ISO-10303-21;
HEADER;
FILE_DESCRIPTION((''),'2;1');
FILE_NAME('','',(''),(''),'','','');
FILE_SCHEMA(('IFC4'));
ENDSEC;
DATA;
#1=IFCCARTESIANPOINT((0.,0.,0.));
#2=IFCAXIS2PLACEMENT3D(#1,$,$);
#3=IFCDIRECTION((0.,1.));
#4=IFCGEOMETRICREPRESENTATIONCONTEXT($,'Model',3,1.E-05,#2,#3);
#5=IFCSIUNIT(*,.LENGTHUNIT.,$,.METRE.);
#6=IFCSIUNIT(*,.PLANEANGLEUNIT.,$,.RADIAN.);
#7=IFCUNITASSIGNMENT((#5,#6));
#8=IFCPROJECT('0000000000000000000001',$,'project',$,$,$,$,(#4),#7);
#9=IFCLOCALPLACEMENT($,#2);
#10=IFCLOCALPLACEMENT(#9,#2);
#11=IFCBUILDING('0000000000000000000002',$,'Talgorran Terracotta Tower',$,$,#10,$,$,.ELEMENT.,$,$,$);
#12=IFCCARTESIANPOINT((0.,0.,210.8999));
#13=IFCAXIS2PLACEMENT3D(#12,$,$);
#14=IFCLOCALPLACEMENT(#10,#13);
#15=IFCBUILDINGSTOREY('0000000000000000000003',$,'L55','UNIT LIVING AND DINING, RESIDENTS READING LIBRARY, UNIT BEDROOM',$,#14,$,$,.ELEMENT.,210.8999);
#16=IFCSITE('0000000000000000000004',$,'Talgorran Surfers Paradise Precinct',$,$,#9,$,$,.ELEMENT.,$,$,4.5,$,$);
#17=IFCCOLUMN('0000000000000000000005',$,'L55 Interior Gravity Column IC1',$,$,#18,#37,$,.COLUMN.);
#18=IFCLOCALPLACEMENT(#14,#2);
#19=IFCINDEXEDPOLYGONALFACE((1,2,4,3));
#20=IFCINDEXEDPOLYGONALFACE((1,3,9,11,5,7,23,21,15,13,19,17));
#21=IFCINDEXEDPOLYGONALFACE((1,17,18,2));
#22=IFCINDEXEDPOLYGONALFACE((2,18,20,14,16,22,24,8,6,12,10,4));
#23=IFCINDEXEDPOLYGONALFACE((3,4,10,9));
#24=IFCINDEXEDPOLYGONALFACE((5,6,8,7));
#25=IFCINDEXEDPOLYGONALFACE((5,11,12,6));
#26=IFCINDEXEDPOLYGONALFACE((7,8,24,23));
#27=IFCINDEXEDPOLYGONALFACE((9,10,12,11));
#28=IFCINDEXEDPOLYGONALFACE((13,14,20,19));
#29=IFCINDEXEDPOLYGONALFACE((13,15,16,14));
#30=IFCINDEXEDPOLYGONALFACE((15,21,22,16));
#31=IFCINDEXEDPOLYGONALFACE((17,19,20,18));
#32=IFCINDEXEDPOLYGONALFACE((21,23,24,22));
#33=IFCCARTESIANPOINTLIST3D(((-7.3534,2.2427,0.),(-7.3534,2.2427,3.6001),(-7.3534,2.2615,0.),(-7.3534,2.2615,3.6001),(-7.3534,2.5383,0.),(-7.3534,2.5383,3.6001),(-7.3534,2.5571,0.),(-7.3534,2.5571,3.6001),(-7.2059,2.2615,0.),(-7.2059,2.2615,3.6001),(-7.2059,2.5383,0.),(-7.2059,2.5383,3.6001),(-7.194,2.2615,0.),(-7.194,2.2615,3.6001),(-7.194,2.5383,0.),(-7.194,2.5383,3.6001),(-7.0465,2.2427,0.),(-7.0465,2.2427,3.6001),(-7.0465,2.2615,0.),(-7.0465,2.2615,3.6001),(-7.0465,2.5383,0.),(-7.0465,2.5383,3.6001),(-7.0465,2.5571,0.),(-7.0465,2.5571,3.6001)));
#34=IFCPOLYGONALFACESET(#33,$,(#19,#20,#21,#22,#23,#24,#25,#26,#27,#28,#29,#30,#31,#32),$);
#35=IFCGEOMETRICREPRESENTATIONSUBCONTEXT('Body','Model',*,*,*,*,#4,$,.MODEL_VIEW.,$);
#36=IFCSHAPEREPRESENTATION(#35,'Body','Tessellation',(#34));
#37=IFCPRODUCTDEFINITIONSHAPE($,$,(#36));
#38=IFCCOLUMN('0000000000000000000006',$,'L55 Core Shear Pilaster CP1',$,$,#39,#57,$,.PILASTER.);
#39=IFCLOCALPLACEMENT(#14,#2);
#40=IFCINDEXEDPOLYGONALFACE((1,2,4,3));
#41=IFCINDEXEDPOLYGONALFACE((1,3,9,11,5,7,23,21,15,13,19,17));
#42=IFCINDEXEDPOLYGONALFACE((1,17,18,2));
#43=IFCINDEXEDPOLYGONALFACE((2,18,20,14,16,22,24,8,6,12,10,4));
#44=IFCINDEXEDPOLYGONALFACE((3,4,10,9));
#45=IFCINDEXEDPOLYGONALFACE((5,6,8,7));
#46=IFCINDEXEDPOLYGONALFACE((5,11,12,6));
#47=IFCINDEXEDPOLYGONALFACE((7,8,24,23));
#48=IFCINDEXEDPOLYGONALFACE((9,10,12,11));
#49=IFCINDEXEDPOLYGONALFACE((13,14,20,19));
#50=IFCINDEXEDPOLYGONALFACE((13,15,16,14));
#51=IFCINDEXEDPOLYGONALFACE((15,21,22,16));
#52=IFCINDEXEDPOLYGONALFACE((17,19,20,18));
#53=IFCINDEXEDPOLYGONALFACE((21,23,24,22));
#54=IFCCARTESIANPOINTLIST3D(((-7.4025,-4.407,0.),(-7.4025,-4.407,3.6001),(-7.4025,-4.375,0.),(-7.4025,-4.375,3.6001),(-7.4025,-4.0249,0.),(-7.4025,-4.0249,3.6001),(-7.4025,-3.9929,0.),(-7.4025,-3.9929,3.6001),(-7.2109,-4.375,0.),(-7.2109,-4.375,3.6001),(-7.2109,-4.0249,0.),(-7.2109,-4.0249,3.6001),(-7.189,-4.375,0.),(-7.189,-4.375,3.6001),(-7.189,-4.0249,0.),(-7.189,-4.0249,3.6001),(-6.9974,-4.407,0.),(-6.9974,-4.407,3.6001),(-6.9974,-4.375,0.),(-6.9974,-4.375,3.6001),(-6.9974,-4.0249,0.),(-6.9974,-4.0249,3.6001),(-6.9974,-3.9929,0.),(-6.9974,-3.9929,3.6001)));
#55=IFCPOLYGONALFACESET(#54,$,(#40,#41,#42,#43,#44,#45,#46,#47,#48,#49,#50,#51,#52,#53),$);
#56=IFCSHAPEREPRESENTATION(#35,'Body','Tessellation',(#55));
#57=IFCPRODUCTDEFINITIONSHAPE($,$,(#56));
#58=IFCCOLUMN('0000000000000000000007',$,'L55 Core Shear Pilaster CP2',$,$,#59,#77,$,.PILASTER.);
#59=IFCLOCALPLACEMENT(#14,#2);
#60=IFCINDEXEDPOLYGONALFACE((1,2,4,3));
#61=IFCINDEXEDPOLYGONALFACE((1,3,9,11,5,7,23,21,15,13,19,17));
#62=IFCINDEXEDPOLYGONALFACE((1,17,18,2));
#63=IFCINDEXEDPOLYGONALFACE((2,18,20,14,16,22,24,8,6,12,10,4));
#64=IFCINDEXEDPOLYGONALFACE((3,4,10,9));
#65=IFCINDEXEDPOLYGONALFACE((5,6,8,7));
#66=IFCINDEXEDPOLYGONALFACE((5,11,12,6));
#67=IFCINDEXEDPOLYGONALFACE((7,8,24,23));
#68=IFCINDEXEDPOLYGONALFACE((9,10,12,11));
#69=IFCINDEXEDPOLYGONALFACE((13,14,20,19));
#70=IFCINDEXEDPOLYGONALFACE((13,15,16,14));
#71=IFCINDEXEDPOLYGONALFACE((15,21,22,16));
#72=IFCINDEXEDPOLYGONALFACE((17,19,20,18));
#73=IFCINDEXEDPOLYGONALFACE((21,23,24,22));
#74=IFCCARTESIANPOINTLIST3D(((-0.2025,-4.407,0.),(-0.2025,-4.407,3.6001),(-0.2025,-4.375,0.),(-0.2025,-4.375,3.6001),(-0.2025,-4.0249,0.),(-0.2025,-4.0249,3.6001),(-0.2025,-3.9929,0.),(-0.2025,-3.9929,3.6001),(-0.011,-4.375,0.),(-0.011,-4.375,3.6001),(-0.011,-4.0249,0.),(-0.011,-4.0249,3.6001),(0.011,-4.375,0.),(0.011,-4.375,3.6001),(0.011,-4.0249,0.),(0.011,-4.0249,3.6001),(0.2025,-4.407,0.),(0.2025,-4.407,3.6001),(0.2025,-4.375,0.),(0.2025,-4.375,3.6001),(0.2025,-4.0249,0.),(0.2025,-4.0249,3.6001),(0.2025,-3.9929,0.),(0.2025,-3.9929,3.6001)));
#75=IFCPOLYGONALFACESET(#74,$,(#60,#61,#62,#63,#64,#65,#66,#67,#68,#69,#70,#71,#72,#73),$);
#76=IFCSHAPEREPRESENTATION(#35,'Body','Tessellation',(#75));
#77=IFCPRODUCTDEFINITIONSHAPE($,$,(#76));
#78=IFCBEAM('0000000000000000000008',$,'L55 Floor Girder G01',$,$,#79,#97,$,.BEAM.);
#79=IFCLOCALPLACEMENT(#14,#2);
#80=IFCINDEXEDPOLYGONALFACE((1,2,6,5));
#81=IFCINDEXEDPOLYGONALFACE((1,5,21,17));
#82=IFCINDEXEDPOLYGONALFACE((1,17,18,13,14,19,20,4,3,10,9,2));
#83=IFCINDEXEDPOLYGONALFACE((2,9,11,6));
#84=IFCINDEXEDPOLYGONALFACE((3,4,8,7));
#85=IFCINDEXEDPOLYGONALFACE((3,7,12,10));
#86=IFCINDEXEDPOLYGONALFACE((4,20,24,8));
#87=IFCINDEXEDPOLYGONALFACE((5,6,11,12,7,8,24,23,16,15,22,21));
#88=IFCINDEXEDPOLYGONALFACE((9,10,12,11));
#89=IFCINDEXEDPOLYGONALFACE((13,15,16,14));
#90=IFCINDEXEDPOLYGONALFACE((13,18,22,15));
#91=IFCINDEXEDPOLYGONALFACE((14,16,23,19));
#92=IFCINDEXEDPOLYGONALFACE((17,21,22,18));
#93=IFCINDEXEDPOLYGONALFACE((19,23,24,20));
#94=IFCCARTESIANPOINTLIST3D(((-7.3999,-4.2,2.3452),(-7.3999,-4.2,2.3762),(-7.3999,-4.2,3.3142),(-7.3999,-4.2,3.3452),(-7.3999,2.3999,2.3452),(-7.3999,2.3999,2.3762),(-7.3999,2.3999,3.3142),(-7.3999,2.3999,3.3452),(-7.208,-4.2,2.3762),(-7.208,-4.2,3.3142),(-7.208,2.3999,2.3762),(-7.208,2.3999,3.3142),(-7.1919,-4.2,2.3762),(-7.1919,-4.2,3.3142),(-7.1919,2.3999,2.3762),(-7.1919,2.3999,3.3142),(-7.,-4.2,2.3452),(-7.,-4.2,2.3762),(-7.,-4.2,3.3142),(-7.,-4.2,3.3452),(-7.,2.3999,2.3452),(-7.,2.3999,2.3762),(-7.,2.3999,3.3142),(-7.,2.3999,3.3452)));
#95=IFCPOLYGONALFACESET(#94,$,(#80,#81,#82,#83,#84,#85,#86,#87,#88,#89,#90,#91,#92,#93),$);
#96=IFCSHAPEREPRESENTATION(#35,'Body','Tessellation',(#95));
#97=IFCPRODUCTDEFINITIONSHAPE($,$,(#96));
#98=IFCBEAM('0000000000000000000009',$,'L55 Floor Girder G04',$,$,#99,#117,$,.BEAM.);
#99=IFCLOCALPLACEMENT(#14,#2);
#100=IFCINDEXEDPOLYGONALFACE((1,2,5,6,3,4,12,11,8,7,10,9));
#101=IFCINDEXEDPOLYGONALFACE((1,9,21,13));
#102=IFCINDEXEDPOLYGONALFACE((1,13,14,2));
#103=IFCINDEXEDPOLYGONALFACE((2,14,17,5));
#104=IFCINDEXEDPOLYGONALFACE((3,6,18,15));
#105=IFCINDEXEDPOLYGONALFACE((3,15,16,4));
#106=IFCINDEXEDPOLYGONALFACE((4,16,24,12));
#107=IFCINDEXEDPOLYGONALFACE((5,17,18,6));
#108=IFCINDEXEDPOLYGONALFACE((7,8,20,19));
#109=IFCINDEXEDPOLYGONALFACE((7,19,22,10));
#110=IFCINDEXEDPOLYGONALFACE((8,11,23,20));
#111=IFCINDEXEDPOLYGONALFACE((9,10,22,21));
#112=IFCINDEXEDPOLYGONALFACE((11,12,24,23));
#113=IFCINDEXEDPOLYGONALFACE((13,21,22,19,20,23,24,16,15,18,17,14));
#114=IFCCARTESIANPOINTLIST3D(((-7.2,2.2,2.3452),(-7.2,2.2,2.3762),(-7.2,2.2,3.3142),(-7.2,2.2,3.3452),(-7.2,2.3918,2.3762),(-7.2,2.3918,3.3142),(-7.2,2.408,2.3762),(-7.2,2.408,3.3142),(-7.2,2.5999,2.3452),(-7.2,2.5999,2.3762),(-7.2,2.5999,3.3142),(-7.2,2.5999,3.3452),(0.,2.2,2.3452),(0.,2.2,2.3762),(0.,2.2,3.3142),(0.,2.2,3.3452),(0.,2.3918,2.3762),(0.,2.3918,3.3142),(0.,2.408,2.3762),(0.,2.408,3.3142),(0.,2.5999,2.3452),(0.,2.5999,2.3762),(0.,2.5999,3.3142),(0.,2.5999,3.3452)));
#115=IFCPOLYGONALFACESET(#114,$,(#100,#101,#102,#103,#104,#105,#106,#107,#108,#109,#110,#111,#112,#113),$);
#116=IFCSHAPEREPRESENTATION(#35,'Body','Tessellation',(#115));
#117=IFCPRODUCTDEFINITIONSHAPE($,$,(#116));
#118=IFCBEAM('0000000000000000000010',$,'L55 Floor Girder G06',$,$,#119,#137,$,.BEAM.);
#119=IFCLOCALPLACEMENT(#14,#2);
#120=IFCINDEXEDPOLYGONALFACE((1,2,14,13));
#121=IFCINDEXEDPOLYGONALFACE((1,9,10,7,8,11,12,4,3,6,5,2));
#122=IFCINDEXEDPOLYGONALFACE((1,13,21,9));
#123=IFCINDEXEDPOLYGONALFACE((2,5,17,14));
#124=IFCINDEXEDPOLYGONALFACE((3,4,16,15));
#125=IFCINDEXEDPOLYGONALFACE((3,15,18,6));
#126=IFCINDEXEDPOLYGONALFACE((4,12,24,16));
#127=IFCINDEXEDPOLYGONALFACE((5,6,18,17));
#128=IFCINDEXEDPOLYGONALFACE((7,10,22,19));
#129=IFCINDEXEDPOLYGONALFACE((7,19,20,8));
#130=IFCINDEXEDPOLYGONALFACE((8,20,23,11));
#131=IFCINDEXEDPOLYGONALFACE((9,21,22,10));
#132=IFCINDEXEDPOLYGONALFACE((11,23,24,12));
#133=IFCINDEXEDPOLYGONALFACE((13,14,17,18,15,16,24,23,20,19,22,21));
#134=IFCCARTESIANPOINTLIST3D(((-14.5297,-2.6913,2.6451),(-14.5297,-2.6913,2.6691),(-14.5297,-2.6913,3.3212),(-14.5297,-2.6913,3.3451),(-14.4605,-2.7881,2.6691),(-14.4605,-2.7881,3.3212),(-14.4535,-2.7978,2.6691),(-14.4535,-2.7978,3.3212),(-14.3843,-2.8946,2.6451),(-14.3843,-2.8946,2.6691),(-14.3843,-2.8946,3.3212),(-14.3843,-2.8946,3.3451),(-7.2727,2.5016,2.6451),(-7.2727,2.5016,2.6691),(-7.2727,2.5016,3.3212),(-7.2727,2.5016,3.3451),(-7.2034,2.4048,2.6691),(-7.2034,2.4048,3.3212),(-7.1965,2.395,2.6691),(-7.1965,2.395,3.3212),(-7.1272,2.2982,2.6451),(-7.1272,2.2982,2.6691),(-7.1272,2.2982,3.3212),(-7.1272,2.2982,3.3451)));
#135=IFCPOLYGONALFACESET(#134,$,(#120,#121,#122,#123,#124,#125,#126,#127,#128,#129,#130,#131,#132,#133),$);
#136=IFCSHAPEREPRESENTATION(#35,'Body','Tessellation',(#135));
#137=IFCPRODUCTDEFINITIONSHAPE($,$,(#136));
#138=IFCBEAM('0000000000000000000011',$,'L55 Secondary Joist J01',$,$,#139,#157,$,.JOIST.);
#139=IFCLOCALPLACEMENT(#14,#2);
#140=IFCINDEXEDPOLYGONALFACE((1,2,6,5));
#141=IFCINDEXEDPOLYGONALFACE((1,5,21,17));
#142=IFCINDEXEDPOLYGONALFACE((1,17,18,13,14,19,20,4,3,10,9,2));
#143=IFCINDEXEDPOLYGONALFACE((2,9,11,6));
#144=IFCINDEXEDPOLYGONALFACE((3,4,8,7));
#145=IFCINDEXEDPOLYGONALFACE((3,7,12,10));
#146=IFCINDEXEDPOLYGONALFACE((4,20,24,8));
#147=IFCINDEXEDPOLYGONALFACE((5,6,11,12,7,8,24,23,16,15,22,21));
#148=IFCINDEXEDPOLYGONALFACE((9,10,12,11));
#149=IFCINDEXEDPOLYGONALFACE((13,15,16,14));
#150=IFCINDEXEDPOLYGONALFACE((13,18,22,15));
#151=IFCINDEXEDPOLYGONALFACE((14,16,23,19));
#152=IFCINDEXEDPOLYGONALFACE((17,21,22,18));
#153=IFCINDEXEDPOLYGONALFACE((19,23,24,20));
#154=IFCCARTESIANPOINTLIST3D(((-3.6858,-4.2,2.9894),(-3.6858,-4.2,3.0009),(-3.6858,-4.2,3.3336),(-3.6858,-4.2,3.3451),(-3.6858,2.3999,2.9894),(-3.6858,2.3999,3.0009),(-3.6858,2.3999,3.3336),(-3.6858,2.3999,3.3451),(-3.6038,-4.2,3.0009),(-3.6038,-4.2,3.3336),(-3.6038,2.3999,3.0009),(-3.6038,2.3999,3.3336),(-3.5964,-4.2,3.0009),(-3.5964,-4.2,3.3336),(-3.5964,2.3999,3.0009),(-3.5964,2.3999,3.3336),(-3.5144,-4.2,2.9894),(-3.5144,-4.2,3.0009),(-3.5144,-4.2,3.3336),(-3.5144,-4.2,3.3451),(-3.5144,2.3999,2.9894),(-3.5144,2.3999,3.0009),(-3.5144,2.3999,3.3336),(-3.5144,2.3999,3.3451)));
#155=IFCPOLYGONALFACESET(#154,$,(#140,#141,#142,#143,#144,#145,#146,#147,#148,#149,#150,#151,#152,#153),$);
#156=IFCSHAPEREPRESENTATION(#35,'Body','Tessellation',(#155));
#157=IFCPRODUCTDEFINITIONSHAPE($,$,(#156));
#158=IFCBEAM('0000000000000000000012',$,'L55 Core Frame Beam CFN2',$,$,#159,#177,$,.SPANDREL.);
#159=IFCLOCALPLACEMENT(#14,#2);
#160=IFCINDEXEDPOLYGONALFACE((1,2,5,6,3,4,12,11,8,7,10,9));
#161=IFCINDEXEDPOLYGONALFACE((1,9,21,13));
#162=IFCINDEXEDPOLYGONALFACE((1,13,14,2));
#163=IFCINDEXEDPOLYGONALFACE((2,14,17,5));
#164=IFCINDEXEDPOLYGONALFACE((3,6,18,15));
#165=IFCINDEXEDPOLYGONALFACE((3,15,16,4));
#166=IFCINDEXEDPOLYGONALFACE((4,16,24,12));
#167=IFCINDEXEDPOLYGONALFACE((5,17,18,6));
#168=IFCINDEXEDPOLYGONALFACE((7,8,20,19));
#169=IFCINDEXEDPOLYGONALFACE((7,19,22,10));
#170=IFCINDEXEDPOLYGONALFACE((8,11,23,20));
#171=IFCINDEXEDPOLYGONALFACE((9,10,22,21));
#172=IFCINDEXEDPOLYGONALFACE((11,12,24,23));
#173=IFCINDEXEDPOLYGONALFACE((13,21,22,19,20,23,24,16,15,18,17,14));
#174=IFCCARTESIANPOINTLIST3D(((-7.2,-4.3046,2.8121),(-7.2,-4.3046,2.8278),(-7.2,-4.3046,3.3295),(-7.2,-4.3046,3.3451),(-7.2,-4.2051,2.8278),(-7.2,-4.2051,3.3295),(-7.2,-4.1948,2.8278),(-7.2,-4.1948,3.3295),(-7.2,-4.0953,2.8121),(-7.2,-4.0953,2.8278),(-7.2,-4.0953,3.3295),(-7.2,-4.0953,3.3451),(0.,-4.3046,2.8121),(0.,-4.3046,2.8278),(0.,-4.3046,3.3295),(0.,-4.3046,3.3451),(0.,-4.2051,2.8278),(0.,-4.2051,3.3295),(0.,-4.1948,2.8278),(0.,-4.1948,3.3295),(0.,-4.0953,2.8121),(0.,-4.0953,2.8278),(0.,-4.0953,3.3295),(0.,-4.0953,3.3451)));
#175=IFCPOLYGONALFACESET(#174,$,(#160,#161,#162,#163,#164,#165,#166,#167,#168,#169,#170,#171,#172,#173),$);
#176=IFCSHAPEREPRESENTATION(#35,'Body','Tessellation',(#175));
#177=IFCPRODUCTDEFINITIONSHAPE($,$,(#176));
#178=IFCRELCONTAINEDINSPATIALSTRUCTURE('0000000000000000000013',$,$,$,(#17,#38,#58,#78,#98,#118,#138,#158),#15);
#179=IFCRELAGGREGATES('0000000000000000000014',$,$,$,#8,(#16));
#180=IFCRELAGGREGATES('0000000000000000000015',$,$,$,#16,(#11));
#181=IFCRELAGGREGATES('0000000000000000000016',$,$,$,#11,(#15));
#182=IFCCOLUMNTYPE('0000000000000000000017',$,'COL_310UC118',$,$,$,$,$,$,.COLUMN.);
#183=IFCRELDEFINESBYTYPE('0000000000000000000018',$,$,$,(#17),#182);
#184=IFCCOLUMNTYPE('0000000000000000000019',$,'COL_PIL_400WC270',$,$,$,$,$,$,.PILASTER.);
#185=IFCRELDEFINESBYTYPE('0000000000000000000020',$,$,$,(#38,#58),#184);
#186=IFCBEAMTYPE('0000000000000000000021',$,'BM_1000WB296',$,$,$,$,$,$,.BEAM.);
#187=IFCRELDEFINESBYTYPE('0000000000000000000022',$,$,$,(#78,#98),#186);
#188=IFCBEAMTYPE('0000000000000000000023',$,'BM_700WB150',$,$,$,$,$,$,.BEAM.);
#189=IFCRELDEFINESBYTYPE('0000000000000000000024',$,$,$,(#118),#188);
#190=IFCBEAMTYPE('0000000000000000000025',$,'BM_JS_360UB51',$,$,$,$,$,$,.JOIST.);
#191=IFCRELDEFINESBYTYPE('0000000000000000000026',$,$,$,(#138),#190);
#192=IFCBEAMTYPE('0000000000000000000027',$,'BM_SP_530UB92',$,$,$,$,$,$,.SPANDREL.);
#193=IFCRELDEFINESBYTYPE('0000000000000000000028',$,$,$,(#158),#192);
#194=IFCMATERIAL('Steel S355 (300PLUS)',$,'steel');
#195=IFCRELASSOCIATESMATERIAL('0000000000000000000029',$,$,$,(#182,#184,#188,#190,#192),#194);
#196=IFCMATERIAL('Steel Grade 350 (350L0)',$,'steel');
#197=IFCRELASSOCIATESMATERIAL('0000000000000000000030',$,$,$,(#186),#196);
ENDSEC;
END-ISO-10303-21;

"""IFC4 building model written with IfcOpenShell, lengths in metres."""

from ifc_helpers import new_model, si_unit, direction, frame, origin, origin_2d, place, context, subcontext, project, spatial, i_section, extrude, material, material_profile, profile_set, type_object, element, save


model = new_model("IFC4")

# Units and contexts
model_context = context("Model", 3, precision=1e-05, world=origin(), true_north=direction((0.0, 1.0)))
body_context = subcontext(model_context, "Body", "Model", "MODEL_VIEW")
ifc_project = project(units=[si_unit("LENGTHUNIT", "METRE"), si_unit("PLANEANGLEUNIT", "RADIAN")], contexts=[model_context])

# Site, building, storey
site_placement = place(None, origin())
site = spatial("IfcSite", under=ifc_project, at=site_placement, Name="Talgorran Surfers Paradise Precinct", CompositionType="ELEMENT", RefElevation=4.5)
building_placement = place(site_placement, origin())
building = spatial("IfcBuilding", under=site, at=building_placement, Name="Talgorran Terracotta Tower", CompositionType="ELEMENT")
storey_placement = place(building_placement, frame((0.0, 0.0, 210.8999)))
storey = spatial("IfcBuildingStorey", under=building, at=storey_placement, Name="L55", Description="UNIT LIVING AND DINING, RESIDENTS READING LIBRARY, UNIT BEDROOM", CompositionType="ELEMENT", Elevation=210.8999)

# Columns
ifc_material_1 = material(Name="Steel S355 (300PLUS)", Category="steel")
ifc_material_profile_1 = material_profile(ifc_material_1, i_section(OverallWidth=0.3069, OverallDepth=0.3145, WebThickness=0.012, FlangeThickness=0.0188, at=origin_2d()), Name="310UC118")
ifc_profile_set_1 = profile_set([ifc_material_profile_1], Name="Steel S355 (300PLUS)")
column_type_1 = type_object("IfcColumnType", Name="COL_310UC118", PredefinedType="COLUMN", material=ifc_profile_set_1)
column_placement = place(storey_placement, frame((-7.2, 2.3999, 0.0), z_axis=(0.0, 0.0, 1.0), x_axis=(1.0, 0.0, 0.0)))
element("IfcColumn", 1, at=column_placement, inside=storey, type_object=column_type_1, Name="L55 Interior Gravity Column IC1", PredefinedType="COLUMN", context=body_context, shape_type="SweptSolid", body=[
    extrude(i_section(OverallWidth=0.3069, OverallDepth=0.3145, WebThickness=0.012, FlangeThickness=0.0188, at=origin_2d()), origin(), (0.0, 0.0, 1.0), 3.6001),
])
ifc_material_profile_2 = material_profile(ifc_material_1, i_section(OverallWidth=0.405, OverallDepth=0.4141, WebThickness=0.022, FlangeThickness=0.032, at=origin_2d()), Name="400WC270")
ifc_profile_set_2 = profile_set([ifc_material_profile_2], Name="Steel S355 (300PLUS)")
column_type_2 = type_object("IfcColumnType", Name="COL_PIL_400WC270", PredefinedType="PILASTER", material=ifc_profile_set_2)
for number, where, z_axis, x_axis, name in (
    (2, (-7.2, -4.2, 0.0), (0.0, 0.0, 1.0), (1.0, 0.0, 0.0), "L55 Core Shear Pilaster CP1"),
    (3, (0.0, -4.2, 0.0), (0.0, 0.0, 1.0), (1.0, 0.0, 0.0), "L55 Core Shear Pilaster CP2"),
):
    element("IfcColumn", number, at=place(storey_placement, frame(where, z_axis=z_axis, x_axis=x_axis)), inside=storey, type_object=column_type_2, Name=name, PredefinedType="PILASTER", context=body_context, shape_type="SweptSolid", body=[
        extrude(i_section(OverallWidth=0.405, OverallDepth=0.4141, WebThickness=0.022, FlangeThickness=0.032, at=origin_2d()), origin(), (0.0, 0.0, 1.0), 3.6001),
    ])

# Beams
ifc_material_2 = material(Name="Steel Grade 350 (350L0)", Category="steel")
ifc_material_profile_3 = material_profile(ifc_material_2, i_section(OverallWidth=0.3999, OverallDepth=1.0, WebThickness=0.0161, FlangeThickness=0.031, at=origin_2d()), Name="1000WB296")
ifc_profile_set_3 = profile_set([ifc_material_profile_3], Name="Steel Grade 350 (350L0)")
beam_type_1 = type_object("IfcBeamType", Name="BM_1000WB296", PredefinedType="BEAM", material=ifc_profile_set_3)
beam_1_placement = place(storey_placement, frame((-7.2, -4.2, 2.8452), z_axis=(0.0, 1.0, 0.0), x_axis=(-1.0, 0.0, 0.0)))
element("IfcBeam", 4, at=beam_1_placement, inside=storey, type_object=beam_type_1, Name="L55 Floor Girder G01", PredefinedType="BEAM", context=body_context, shape_type="SweptSolid", body=[
    extrude(i_section(OverallWidth=0.3999, OverallDepth=1.0, WebThickness=0.0161, FlangeThickness=0.031, at=origin_2d()), origin(), (0.0, 0.0, 1.0), 6.5999),
])
beam_2_placement = place(storey_placement, frame((-7.2, 2.3999, 2.8452), z_axis=(1.0, 0.0, 0.0), x_axis=(0.0, 1.0, 0.0)))
element("IfcBeam", 5, at=beam_2_placement, inside=storey, type_object=beam_type_1, Name="L55 Floor Girder G04", PredefinedType="BEAM", context=body_context, shape_type="SweptSolid", body=[
    extrude(i_section(OverallWidth=0.3999, OverallDepth=1.0, WebThickness=0.0161, FlangeThickness=0.031, at=origin_2d()), origin(), (0.0, 0.0, 1.0), 7.2),
])
ifc_material_profile_4 = material_profile(ifc_material_1, i_section(OverallWidth=0.25, OverallDepth=0.7, WebThickness=0.012, FlangeThickness=0.0239, at=origin_2d()), Name="700WB150")
ifc_profile_set_4 = profile_set([ifc_material_profile_4], Name="Steel S355 (300PLUS)")
beam_type_2 = type_object("IfcBeamType", Name="BM_700WB150", PredefinedType="BEAM", material=ifc_profile_set_4)
beam_3_placement = place(storey_placement, frame((-7.2, 2.3999, 2.9951), z_axis=(-0.813243, -0.581924, 0.0), x_axis=(0.581924, -0.813243, 0.0)))
element("IfcBeam", 6, at=beam_3_placement, inside=storey, type_object=beam_type_2, Name="L55 Floor Girder G06", PredefinedType="BEAM", context=body_context, shape_type="SweptSolid", body=[
    extrude(i_section(OverallWidth=0.25, OverallDepth=0.7, WebThickness=0.012, FlangeThickness=0.0239, at=origin_2d()), origin(), (0.0, 0.0, 1.0), 8.9236),
])
ifc_material_profile_5 = material_profile(ifc_material_1, i_section(OverallWidth=0.1714, OverallDepth=0.3557, WebThickness=0.0073, FlangeThickness=0.0115, at=origin_2d()), Name="360UB50.7")
ifc_profile_set_5 = profile_set([ifc_material_profile_5], Name="Steel S355 (300PLUS)")
beam_type_3 = type_object("IfcBeamType", Name="BM_JS_360UB51", PredefinedType="JOIST", material=ifc_profile_set_5)
beam_4_placement = place(storey_placement, frame((-3.6001, -4.2, 3.1672), z_axis=(0.0, 1.0, 0.0), x_axis=(-1.0, 0.0, 0.0)))
element("IfcBeam", 7, at=beam_4_placement, inside=storey, type_object=beam_type_3, Name="L55 Secondary Joist J01", PredefinedType="JOIST", context=body_context, shape_type="SweptSolid", body=[
    extrude(i_section(OverallWidth=0.1714, OverallDepth=0.3557, WebThickness=0.0073, FlangeThickness=0.0115, at=origin_2d()), origin(), (0.0, 0.0, 1.0), 6.5999),
])
ifc_material_profile_6 = material_profile(ifc_material_1, i_section(OverallWidth=0.2092, OverallDepth=0.533, WebThickness=0.0103, FlangeThickness=0.0156, at=origin_2d()), Name="530UB92.4")
ifc_profile_set_6 = profile_set([ifc_material_profile_6], Name="Steel S355 (300PLUS)")
beam_type_4 = type_object("IfcBeamType", Name="BM_SP_530UB92", PredefinedType="SPANDREL", material=ifc_profile_set_6)
beam_5_placement = place(storey_placement, frame((-7.2, -4.2, 3.0786), z_axis=(1.0, 0.0, 0.0), x_axis=(0.0, 1.0, 0.0)))
element("IfcBeam", 8, at=beam_5_placement, inside=storey, type_object=beam_type_4, Name="L55 Core Frame Beam CFN2", PredefinedType="SPANDREL", context=body_context, shape_type="SweptSolid", body=[
    extrude(i_section(OverallWidth=0.2092, OverallDepth=0.533, WebThickness=0.0103, FlangeThickness=0.0156, at=origin_2d()), origin(), (0.0, 0.0, 1.0), 7.2),
])

save(model, "model.ifc")
